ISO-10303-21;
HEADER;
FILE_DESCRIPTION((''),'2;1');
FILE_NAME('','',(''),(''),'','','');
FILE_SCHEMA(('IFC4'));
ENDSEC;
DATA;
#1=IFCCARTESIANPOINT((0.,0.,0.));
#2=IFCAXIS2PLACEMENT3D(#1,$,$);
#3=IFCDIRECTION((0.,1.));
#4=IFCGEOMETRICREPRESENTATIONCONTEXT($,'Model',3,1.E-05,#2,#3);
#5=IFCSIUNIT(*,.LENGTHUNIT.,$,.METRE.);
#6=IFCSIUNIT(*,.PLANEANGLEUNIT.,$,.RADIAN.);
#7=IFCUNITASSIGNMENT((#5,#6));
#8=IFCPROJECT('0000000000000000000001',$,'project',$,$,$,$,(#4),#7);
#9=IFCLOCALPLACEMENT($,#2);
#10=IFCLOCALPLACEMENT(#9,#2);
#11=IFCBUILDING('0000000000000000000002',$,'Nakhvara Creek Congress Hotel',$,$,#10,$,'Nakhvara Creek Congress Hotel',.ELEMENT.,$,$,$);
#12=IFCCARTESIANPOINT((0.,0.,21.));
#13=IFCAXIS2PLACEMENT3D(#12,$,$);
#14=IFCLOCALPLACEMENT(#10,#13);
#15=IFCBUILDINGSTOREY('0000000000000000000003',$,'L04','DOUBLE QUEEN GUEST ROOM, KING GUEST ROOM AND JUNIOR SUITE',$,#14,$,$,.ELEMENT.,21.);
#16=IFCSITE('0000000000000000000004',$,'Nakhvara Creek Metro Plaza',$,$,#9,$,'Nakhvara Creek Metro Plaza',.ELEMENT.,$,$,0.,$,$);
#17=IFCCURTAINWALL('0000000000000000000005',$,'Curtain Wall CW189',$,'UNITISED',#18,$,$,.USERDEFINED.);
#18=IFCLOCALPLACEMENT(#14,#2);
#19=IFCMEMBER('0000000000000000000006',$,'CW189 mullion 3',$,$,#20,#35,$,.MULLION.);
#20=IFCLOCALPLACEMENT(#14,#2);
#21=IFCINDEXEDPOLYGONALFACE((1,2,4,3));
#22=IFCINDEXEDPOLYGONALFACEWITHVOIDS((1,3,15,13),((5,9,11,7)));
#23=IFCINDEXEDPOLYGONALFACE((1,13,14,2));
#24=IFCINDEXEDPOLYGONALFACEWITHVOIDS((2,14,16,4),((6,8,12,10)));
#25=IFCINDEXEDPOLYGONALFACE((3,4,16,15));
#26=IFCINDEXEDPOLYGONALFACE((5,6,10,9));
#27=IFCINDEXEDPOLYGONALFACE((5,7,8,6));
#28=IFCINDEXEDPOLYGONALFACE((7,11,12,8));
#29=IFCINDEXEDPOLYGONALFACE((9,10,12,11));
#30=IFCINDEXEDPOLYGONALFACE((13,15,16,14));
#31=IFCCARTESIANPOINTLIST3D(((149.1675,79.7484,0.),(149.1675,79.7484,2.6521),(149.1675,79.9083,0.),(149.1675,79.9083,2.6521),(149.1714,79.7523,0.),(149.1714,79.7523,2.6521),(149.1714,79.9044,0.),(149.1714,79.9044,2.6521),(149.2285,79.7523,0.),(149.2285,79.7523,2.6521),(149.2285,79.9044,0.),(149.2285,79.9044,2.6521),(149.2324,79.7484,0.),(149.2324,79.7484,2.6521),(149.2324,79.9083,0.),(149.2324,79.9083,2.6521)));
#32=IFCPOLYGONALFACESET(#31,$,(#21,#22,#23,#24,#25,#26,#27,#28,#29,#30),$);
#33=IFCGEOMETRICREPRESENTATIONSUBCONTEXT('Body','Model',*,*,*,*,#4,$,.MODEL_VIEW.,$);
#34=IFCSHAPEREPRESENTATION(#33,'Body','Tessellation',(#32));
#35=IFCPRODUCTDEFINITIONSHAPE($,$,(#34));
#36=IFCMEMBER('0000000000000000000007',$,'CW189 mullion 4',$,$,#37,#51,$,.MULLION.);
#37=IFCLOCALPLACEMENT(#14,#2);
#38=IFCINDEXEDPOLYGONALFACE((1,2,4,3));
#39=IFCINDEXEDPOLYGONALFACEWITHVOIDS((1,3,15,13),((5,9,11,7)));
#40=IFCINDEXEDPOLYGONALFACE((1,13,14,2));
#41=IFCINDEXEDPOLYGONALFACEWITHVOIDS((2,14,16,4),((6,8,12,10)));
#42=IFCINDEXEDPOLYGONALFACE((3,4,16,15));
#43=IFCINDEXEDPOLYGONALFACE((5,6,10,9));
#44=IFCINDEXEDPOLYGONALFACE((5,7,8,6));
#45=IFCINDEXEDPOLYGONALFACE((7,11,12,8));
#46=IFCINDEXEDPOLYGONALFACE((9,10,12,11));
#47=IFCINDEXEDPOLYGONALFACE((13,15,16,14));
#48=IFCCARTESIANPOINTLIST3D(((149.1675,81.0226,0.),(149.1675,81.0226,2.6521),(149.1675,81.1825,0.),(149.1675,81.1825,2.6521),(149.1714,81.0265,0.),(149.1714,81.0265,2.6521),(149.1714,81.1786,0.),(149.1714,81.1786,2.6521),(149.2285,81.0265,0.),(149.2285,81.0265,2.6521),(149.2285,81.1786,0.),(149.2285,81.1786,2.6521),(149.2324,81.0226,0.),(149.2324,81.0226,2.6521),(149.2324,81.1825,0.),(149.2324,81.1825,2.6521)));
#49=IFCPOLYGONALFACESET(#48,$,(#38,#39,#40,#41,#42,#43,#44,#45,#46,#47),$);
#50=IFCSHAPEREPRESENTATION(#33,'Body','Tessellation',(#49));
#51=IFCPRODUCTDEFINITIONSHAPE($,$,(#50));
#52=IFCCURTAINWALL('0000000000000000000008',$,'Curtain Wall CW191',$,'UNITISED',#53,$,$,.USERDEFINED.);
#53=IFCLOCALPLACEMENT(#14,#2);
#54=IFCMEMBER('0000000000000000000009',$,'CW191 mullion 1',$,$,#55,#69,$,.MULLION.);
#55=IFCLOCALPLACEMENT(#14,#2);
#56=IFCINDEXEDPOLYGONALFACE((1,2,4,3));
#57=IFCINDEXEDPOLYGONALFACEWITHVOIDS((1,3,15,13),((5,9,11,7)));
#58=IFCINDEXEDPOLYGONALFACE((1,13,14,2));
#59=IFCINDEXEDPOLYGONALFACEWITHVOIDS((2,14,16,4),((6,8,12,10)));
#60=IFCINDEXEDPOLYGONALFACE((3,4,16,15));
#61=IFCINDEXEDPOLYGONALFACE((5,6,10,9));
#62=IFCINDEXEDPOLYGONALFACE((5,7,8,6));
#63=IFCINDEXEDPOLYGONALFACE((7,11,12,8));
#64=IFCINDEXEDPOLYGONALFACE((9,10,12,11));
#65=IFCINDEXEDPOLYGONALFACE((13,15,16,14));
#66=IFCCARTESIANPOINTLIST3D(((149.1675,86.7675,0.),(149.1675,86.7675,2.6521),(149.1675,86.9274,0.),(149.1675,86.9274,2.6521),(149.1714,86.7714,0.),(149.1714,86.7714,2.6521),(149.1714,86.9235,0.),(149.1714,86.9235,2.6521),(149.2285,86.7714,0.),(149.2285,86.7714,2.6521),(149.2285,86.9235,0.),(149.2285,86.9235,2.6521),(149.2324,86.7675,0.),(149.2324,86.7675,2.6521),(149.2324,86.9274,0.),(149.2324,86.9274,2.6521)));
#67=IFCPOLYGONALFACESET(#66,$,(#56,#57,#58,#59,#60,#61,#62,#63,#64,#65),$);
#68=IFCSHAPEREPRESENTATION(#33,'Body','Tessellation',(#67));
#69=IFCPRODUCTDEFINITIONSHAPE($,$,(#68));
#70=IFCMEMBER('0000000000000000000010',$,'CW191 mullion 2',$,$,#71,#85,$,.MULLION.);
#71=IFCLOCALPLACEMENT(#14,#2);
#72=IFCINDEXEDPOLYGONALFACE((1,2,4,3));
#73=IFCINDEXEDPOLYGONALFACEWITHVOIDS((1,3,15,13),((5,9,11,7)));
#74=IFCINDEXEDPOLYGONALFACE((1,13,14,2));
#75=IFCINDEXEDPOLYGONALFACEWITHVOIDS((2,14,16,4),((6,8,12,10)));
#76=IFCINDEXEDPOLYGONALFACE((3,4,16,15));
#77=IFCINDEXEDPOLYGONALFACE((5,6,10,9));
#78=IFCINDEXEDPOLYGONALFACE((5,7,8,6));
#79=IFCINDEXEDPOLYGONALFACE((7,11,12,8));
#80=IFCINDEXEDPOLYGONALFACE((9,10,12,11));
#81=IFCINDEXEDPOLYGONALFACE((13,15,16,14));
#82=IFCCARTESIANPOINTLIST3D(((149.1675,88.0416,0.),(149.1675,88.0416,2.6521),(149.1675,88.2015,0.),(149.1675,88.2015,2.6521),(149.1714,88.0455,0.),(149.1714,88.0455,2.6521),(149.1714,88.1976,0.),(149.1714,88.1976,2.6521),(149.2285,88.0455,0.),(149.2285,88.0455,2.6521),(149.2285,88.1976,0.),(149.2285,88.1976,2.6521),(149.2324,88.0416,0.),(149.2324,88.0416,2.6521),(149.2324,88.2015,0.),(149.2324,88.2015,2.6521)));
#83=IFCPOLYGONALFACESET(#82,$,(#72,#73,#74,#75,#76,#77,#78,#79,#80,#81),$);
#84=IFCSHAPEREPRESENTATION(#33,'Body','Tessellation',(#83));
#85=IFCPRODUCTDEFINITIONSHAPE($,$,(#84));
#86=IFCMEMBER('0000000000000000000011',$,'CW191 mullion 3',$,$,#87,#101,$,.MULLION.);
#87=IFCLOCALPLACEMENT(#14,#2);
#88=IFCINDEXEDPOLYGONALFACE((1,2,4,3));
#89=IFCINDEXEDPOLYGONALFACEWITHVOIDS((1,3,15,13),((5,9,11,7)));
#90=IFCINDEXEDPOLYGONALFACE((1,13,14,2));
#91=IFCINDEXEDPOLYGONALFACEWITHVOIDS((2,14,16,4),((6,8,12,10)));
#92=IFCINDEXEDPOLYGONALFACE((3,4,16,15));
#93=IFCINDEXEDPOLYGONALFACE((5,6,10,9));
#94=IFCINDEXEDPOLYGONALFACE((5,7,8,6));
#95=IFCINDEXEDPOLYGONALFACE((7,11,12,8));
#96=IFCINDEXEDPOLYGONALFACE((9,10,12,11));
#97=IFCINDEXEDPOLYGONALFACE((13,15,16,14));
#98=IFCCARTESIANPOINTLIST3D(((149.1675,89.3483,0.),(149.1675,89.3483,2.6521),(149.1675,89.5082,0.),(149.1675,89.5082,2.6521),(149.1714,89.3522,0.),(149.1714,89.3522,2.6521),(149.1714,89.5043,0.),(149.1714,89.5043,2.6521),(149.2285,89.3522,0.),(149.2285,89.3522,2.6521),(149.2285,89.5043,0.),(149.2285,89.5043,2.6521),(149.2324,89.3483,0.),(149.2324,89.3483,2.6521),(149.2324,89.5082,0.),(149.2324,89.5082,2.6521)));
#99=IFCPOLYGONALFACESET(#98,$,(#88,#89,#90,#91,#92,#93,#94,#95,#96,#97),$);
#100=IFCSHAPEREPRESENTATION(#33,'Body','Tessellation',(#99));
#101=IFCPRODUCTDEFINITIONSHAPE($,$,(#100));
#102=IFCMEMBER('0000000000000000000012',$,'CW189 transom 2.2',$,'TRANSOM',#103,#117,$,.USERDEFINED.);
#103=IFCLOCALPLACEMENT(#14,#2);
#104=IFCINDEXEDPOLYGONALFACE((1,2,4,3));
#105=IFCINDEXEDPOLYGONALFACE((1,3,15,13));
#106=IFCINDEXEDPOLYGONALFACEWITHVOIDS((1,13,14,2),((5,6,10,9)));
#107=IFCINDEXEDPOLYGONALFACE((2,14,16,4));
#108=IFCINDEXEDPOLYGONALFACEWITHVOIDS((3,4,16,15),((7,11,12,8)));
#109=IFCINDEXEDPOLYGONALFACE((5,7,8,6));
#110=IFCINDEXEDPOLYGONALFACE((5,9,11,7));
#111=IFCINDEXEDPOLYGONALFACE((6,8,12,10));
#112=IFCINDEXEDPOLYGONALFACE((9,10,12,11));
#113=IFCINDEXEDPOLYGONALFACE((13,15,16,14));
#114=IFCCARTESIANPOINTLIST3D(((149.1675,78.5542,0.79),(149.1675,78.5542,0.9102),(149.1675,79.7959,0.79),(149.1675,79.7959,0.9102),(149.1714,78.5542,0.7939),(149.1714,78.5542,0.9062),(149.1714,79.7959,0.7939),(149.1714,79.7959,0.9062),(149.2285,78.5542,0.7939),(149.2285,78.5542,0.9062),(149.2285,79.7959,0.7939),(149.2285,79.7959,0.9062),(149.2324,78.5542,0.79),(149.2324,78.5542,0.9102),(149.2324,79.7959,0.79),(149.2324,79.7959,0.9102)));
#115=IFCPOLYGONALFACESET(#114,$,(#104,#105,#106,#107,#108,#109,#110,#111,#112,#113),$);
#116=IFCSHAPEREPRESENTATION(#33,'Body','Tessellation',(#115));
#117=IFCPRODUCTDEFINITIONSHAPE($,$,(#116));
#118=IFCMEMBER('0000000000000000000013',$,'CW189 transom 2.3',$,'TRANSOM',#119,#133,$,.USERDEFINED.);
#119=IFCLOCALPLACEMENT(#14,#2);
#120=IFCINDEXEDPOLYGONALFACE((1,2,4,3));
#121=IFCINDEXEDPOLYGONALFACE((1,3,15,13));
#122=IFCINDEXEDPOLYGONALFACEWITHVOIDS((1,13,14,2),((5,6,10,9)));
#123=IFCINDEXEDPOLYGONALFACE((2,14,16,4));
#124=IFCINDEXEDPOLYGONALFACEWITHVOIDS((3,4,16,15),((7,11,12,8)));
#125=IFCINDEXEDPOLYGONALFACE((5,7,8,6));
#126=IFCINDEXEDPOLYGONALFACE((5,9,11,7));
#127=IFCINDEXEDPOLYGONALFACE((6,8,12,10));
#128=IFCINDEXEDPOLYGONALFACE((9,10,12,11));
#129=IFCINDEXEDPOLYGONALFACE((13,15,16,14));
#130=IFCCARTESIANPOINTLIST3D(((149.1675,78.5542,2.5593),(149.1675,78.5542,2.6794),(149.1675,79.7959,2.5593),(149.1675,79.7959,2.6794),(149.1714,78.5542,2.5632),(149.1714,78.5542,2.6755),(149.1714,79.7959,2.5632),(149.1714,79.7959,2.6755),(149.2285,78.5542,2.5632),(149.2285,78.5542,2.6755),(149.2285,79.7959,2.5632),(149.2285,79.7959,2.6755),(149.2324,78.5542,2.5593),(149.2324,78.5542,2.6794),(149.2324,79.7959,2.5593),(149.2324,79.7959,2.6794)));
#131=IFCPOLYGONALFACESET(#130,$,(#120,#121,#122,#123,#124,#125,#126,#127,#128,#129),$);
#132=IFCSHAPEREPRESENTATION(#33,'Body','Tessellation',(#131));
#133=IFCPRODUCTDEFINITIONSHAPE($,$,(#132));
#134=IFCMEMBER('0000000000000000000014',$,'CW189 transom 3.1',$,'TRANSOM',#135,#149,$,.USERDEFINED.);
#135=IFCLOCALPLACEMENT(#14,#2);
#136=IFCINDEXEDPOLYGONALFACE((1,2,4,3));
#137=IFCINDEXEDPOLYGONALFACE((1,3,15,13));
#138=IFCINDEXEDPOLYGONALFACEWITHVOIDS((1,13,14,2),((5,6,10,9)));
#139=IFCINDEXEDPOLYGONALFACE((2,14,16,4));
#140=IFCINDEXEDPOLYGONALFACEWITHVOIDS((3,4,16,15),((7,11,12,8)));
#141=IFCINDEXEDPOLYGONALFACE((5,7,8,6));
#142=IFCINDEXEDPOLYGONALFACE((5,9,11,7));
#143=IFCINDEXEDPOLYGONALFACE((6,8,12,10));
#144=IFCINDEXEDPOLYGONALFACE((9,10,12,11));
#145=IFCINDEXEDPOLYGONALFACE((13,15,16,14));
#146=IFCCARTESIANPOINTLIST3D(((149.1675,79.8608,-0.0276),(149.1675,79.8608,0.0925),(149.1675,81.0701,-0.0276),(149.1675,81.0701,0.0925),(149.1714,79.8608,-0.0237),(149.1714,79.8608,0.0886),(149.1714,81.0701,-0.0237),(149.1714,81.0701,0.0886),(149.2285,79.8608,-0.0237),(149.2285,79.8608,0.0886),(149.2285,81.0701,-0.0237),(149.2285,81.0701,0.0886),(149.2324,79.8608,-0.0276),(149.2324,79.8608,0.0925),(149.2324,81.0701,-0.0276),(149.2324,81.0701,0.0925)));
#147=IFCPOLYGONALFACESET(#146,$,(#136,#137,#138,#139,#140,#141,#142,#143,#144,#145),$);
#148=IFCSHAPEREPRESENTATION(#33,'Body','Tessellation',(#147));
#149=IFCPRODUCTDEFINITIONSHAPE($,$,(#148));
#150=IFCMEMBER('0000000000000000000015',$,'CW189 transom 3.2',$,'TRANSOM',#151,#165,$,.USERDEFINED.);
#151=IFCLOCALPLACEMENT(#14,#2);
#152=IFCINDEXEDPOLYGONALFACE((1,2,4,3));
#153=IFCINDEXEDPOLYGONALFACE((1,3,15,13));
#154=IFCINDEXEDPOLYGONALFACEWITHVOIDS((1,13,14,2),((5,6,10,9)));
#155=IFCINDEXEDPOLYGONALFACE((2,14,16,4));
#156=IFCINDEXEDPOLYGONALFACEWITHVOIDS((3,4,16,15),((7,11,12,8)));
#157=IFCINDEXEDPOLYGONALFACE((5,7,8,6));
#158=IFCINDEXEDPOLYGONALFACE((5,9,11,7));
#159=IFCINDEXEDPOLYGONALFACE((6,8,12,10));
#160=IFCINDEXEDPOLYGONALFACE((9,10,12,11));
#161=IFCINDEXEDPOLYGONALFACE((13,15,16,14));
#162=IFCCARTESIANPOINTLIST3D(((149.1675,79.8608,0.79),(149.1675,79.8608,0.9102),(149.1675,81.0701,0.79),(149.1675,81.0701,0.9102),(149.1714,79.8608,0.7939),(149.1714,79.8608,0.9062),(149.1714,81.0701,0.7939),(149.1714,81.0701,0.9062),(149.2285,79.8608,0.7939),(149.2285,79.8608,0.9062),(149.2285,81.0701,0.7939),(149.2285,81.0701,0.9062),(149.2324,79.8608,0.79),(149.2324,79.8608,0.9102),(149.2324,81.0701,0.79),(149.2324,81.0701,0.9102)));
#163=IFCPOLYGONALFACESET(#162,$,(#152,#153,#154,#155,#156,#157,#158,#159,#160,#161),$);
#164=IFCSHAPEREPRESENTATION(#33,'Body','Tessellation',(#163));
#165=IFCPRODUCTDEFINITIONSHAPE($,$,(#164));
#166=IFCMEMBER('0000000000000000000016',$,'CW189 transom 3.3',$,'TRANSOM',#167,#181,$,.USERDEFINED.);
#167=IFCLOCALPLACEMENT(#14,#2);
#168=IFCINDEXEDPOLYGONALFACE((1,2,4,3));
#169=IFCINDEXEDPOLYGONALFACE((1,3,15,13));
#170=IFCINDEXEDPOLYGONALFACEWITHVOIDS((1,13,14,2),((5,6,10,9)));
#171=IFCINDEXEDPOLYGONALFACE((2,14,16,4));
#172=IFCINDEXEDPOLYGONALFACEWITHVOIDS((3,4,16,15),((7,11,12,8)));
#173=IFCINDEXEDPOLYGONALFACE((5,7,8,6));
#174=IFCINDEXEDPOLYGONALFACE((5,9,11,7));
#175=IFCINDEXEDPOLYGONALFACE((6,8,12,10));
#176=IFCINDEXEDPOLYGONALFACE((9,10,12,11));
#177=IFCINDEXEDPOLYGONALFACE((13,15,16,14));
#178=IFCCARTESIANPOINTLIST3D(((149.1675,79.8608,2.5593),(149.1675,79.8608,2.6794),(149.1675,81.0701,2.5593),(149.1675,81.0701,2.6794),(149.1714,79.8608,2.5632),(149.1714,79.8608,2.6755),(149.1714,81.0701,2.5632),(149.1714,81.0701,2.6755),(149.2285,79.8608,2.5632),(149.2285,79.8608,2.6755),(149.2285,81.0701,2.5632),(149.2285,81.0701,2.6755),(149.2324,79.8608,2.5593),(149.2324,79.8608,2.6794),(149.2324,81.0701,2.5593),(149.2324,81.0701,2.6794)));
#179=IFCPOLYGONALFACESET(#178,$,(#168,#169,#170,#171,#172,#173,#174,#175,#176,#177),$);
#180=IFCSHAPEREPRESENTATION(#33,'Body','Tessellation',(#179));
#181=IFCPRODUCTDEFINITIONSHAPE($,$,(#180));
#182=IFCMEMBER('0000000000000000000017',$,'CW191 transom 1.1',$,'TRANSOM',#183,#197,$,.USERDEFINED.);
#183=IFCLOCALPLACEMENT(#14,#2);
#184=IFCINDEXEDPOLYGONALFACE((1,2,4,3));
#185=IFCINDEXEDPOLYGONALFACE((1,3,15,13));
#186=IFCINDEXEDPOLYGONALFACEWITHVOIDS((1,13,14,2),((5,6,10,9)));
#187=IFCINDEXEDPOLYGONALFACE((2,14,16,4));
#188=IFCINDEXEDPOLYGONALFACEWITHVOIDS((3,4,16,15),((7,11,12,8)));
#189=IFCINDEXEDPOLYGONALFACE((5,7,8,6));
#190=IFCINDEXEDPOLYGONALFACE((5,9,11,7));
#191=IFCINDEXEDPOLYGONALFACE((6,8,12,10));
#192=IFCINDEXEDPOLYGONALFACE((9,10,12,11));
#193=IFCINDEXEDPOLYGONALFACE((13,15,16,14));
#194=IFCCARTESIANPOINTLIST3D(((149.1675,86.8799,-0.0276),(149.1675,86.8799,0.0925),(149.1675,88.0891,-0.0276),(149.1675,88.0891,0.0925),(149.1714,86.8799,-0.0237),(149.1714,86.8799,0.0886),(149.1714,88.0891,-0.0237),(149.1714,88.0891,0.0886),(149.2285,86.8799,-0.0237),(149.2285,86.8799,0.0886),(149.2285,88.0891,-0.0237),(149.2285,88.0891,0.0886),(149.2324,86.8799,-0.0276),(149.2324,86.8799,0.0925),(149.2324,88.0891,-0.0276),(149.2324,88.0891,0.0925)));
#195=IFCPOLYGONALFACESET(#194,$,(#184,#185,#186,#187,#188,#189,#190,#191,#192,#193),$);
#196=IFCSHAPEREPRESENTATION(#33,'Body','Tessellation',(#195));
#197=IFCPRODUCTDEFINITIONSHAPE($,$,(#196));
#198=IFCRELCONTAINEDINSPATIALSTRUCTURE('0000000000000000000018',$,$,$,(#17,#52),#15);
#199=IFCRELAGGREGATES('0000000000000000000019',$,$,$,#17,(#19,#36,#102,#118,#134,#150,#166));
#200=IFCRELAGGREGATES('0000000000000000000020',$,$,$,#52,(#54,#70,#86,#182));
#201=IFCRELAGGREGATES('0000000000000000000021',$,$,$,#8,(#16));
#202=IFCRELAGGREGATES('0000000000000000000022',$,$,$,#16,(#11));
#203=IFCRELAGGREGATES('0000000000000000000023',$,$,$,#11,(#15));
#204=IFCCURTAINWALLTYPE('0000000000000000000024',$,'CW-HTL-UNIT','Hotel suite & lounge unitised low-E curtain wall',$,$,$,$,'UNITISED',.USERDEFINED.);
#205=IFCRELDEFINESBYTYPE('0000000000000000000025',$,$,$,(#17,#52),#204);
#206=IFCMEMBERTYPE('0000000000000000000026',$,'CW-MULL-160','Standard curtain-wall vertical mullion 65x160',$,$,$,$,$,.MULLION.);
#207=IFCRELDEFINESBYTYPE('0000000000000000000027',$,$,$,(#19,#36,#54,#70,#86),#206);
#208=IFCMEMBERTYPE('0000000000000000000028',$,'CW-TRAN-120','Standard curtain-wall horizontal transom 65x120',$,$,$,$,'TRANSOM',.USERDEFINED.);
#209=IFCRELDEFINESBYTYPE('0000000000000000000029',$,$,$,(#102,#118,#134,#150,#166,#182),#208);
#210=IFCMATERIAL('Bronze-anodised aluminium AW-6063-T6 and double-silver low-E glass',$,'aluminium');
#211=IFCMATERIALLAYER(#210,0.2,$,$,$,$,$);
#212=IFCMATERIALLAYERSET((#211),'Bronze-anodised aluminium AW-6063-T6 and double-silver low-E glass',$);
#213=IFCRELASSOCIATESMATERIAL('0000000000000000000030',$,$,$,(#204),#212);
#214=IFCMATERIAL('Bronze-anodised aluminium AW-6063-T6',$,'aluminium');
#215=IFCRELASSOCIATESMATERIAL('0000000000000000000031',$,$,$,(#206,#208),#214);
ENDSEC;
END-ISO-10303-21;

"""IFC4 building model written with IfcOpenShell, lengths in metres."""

from ifc_helpers import new_model, si_unit, direction, frame, origin, origin_2d, place, context, subcontext, project, spatial, hollow_rectangle, extrude, material, layer, layer_set, material_profile, profile_set, type_object, element, aggregate, save


model = new_model("IFC4")

# Units and contexts
model_context = context("Model", 3, precision=1e-05, world=origin(), true_north=direction((0.0, 1.0)))
body_context = subcontext(model_context, "Body", "Model", "MODEL_VIEW")
ifc_project = project(units=[si_unit("LENGTHUNIT", "METRE"), si_unit("PLANEANGLEUNIT", "RADIAN")], contexts=[model_context])

# Site, building, storey
site_placement = place(None, origin())
site = spatial("IfcSite", under=ifc_project, at=site_placement, Name="Nakhvara Creek Metro Plaza", LongName="Nakhvara Creek Metro Plaza", CompositionType="ELEMENT", RefElevation=0.0)
building_placement = place(site_placement, origin())
building = spatial("IfcBuilding", under=site, at=building_placement, Name="Nakhvara Creek Congress Hotel", LongName="Nakhvara Creek Congress Hotel", CompositionType="ELEMENT")
storey_placement = place(building_placement, frame((0.0, 0.0, 21.0)))
storey = spatial("IfcBuildingStorey", under=building, at=storey_placement, Name="L04", Description="DOUBLE QUEEN GUEST ROOM, KING GUEST ROOM AND JUNIOR SUITE", CompositionType="ELEMENT", Elevation=21.0)

# Curtain walls, members
ifc_material_1 = material(Name="Bronze-anodised aluminium AW-6063-T6 and double-silver low-E glass", Category="aluminium")
ifc_layer = layer(ifc_material_1, 0.2)
ifc_layer_set = layer_set([ifc_layer], Name="Bronze-anodised aluminium AW-6063-T6 and double-silver low-E glass")
curtain_wall_type = type_object("IfcCurtainWallType", Name="CW-HTL-UNIT", Description="Hotel suite & lounge unitised low-E curtain wall", ElementType="UNITISED", PredefinedType="USERDEFINED", material=ifc_layer_set)
curtain_wall_1_placement = place(storey_placement, origin())
curtain_wall_1 = element("IfcCurtainWall", 1, at=curtain_wall_1_placement, inside=storey, type_object=curtain_wall_type, Name="Curtain Wall CW189", ObjectType="UNITISED", PredefinedType="USERDEFINED")
ifc_material_2 = material(Name="Bronze-anodised aluminium AW-6063-T6", Category="aluminium")
ifc_material_profile_1 = material_profile(ifc_material_2, hollow_rectangle(XDim=0.0649, YDim=0.1599, WallThickness=0.0039, at=origin_2d()), Name="ALU-MULL 65x160x4", Category="LoadBearing")
ifc_profile_set_1 = profile_set([ifc_material_profile_1], Name="Bronze-anodised aluminium AW-6063-T6")
member_type_1 = type_object("IfcMemberType", Name="CW-MULL-160", Description="Standard curtain-wall vertical mullion 65x160", PredefinedType="MULLION", material=ifc_profile_set_1)
member_1_placement = place(storey_placement, frame((149.2, 79.8284, 0.0), z_axis=(0.0, 0.0, 1.0), x_axis=(-1.0, 0.0, 0.0)))
member_1 = element("IfcMember", 2, at=member_1_placement, type_object=member_type_1, Name="CW189 mullion 3", PredefinedType="MULLION", context=body_context, shape_type="SweptSolid", body=[
    extrude(hollow_rectangle(XDim=0.0649, YDim=0.1599, WallThickness=0.0039, at=origin_2d()), origin(), (0.0, 0.0, 1.0), 2.6521),
])
member_2_placement = place(storey_placement, frame((149.2, 81.1025, 0.0), z_axis=(0.0, 0.0, 1.0), x_axis=(-1.0, 0.0, 0.0)))
member_2 = element("IfcMember", 3, at=member_2_placement, type_object=member_type_1, Name="CW189 mullion 4", PredefinedType="MULLION", context=body_context, shape_type="SweptSolid", body=[
    extrude(hollow_rectangle(XDim=0.0649, YDim=0.1599, WallThickness=0.0039, at=origin_2d()), origin(), (0.0, 0.0, 1.0), 2.6521),
])
curtain_wall_2_placement = place(storey_placement, origin())
curtain_wall_2 = element("IfcCurtainWall", 4, at=curtain_wall_2_placement, inside=storey, type_object=curtain_wall_type, Name="Curtain Wall CW191", ObjectType="UNITISED", PredefinedType="USERDEFINED")
member_3_placement = place(storey_placement, frame((149.2, 86.8474, 0.0), z_axis=(0.0, 0.0, 1.0), x_axis=(-1.0, 0.0, 0.0)))
member_3 = element("IfcMember", 5, at=member_3_placement, type_object=member_type_1, Name="CW191 mullion 1", PredefinedType="MULLION", context=body_context, shape_type="SweptSolid", body=[
    extrude(hollow_rectangle(XDim=0.0649, YDim=0.1599, WallThickness=0.0039, at=origin_2d()), origin(), (0.0, 0.0, 1.0), 2.6521),
])
member_4_placement = place(storey_placement, frame((149.2, 88.1216, 0.0), z_axis=(0.0, 0.0, 1.0), x_axis=(-1.0, 0.0, 0.0)))
member_4 = element("IfcMember", 6, at=member_4_placement, type_object=member_type_1, Name="CW191 mullion 2", PredefinedType="MULLION", context=body_context, shape_type="SweptSolid", body=[
    extrude(hollow_rectangle(XDim=0.0649, YDim=0.1599, WallThickness=0.0039, at=origin_2d()), origin(), (0.0, 0.0, 1.0), 2.6521),
])
member_5_placement = place(storey_placement, frame((149.2, 89.4282, 0.0), z_axis=(0.0, 0.0, 1.0), x_axis=(-1.0, 0.0, 0.0)))
member_5 = element("IfcMember", 7, at=member_5_placement, type_object=member_type_1, Name="CW191 mullion 3", PredefinedType="MULLION", context=body_context, shape_type="SweptSolid", body=[
    extrude(hollow_rectangle(XDim=0.0649, YDim=0.1599, WallThickness=0.0039, at=origin_2d()), origin(), (0.0, 0.0, 1.0), 2.6521),
])

# Members
ifc_material_profile_2 = material_profile(ifc_material_2, hollow_rectangle(XDim=0.0649, YDim=0.1201, WallThickness=0.0039, at=origin_2d()), Name="ALU-TRAN 65x120x4", Category="LoadBearing")
ifc_profile_set_2 = profile_set([ifc_material_profile_2], Name="Bronze-anodised aluminium AW-6063-T6")
member_type_2 = type_object("IfcMemberType", Name="CW-TRAN-120", Description="Standard curtain-wall horizontal transom 65x120", ElementType="TRANSOM", PredefinedType="USERDEFINED", material=ifc_profile_set_2)
member_6_placement = place(storey_placement, frame((149.2, 78.5542, 0.8501), z_axis=(0.0, 1.0, 0.0), x_axis=(-1.0, 0.0, 0.0)))
member_6 = element("IfcMember", 8, at=member_6_placement, type_object=member_type_2, Name="CW189 transom 2.2", ObjectType="TRANSOM", PredefinedType="USERDEFINED", context=body_context, shape_type="SweptSolid", body=[
    extrude(hollow_rectangle(XDim=0.0649, YDim=0.1201, WallThickness=0.0039, at=origin_2d()), origin(), (0.0, 0.0, 1.0), 1.2417),
])
member_7_placement = place(storey_placement, frame((149.2, 78.5542, 2.6194), z_axis=(0.0, 1.0, 0.0), x_axis=(-1.0, 0.0, 0.0)))
member_7 = element("IfcMember", 9, at=member_7_placement, type_object=member_type_2, Name="CW189 transom 2.3", ObjectType="TRANSOM", PredefinedType="USERDEFINED", context=body_context, shape_type="SweptSolid", body=[
    extrude(hollow_rectangle(XDim=0.0649, YDim=0.1201, WallThickness=0.0039, at=origin_2d()), origin(), (0.0, 0.0, 1.0), 1.2417),
])
member_8_placement = place(storey_placement, frame((149.2, 79.8608, 0.0325), z_axis=(0.0, 1.0, 0.0), x_axis=(-1.0, 0.0, 0.0)))
member_8 = element("IfcMember", 10, at=member_8_placement, type_object=member_type_2, Name="CW189 transom 3.1", ObjectType="TRANSOM", PredefinedType="USERDEFINED", context=body_context, shape_type="SweptSolid", body=[
    extrude(hollow_rectangle(XDim=0.0649, YDim=0.1201, WallThickness=0.0039, at=origin_2d()), origin(), (0.0, 0.0, 1.0), 1.2092),
])
member_9_placement = place(storey_placement, frame((149.2, 79.8608, 0.8501), z_axis=(0.0, 1.0, 0.0), x_axis=(-1.0, 0.0, 0.0)))
member_9 = element("IfcMember", 11, at=member_9_placement, type_object=member_type_2, Name="CW189 transom 3.2", ObjectType="TRANSOM", PredefinedType="USERDEFINED", context=body_context, shape_type="SweptSolid", body=[
    extrude(hollow_rectangle(XDim=0.0649, YDim=0.1201, WallThickness=0.0039, at=origin_2d()), origin(), (0.0, 0.0, 1.0), 1.2092),
])
member_10_placement = place(storey_placement, frame((149.2, 79.8608, 2.6194), z_axis=(0.0, 1.0, 0.0), x_axis=(-1.0, 0.0, 0.0)))
member_10 = element("IfcMember", 12, at=member_10_placement, type_object=member_type_2, Name="CW189 transom 3.3", ObjectType="TRANSOM", PredefinedType="USERDEFINED", context=body_context, shape_type="SweptSolid", body=[
    extrude(hollow_rectangle(XDim=0.0649, YDim=0.1201, WallThickness=0.0039, at=origin_2d()), origin(), (0.0, 0.0, 1.0), 1.2092),
])
member_11_placement = place(storey_placement, frame((149.2, 86.8799, 0.0325), z_axis=(0.0, 1.0, 0.0), x_axis=(-1.0, 0.0, 0.0)))
member_11 = element("IfcMember", 13, at=member_11_placement, type_object=member_type_2, Name="CW191 transom 1.1", ObjectType="TRANSOM", PredefinedType="USERDEFINED", context=body_context, shape_type="SweptSolid", body=[
    extrude(hollow_rectangle(XDim=0.0649, YDim=0.1201, WallThickness=0.0039, at=origin_2d()), origin(), (0.0, 0.0, 1.0), 1.2092),
])

aggregate(curtain_wall_1, [member_1, member_2, member_6, member_7, member_8, member_9, member_10])
aggregate(curtain_wall_2, [member_3, member_4, member_5, member_11])

save(model, "model.ifc")
